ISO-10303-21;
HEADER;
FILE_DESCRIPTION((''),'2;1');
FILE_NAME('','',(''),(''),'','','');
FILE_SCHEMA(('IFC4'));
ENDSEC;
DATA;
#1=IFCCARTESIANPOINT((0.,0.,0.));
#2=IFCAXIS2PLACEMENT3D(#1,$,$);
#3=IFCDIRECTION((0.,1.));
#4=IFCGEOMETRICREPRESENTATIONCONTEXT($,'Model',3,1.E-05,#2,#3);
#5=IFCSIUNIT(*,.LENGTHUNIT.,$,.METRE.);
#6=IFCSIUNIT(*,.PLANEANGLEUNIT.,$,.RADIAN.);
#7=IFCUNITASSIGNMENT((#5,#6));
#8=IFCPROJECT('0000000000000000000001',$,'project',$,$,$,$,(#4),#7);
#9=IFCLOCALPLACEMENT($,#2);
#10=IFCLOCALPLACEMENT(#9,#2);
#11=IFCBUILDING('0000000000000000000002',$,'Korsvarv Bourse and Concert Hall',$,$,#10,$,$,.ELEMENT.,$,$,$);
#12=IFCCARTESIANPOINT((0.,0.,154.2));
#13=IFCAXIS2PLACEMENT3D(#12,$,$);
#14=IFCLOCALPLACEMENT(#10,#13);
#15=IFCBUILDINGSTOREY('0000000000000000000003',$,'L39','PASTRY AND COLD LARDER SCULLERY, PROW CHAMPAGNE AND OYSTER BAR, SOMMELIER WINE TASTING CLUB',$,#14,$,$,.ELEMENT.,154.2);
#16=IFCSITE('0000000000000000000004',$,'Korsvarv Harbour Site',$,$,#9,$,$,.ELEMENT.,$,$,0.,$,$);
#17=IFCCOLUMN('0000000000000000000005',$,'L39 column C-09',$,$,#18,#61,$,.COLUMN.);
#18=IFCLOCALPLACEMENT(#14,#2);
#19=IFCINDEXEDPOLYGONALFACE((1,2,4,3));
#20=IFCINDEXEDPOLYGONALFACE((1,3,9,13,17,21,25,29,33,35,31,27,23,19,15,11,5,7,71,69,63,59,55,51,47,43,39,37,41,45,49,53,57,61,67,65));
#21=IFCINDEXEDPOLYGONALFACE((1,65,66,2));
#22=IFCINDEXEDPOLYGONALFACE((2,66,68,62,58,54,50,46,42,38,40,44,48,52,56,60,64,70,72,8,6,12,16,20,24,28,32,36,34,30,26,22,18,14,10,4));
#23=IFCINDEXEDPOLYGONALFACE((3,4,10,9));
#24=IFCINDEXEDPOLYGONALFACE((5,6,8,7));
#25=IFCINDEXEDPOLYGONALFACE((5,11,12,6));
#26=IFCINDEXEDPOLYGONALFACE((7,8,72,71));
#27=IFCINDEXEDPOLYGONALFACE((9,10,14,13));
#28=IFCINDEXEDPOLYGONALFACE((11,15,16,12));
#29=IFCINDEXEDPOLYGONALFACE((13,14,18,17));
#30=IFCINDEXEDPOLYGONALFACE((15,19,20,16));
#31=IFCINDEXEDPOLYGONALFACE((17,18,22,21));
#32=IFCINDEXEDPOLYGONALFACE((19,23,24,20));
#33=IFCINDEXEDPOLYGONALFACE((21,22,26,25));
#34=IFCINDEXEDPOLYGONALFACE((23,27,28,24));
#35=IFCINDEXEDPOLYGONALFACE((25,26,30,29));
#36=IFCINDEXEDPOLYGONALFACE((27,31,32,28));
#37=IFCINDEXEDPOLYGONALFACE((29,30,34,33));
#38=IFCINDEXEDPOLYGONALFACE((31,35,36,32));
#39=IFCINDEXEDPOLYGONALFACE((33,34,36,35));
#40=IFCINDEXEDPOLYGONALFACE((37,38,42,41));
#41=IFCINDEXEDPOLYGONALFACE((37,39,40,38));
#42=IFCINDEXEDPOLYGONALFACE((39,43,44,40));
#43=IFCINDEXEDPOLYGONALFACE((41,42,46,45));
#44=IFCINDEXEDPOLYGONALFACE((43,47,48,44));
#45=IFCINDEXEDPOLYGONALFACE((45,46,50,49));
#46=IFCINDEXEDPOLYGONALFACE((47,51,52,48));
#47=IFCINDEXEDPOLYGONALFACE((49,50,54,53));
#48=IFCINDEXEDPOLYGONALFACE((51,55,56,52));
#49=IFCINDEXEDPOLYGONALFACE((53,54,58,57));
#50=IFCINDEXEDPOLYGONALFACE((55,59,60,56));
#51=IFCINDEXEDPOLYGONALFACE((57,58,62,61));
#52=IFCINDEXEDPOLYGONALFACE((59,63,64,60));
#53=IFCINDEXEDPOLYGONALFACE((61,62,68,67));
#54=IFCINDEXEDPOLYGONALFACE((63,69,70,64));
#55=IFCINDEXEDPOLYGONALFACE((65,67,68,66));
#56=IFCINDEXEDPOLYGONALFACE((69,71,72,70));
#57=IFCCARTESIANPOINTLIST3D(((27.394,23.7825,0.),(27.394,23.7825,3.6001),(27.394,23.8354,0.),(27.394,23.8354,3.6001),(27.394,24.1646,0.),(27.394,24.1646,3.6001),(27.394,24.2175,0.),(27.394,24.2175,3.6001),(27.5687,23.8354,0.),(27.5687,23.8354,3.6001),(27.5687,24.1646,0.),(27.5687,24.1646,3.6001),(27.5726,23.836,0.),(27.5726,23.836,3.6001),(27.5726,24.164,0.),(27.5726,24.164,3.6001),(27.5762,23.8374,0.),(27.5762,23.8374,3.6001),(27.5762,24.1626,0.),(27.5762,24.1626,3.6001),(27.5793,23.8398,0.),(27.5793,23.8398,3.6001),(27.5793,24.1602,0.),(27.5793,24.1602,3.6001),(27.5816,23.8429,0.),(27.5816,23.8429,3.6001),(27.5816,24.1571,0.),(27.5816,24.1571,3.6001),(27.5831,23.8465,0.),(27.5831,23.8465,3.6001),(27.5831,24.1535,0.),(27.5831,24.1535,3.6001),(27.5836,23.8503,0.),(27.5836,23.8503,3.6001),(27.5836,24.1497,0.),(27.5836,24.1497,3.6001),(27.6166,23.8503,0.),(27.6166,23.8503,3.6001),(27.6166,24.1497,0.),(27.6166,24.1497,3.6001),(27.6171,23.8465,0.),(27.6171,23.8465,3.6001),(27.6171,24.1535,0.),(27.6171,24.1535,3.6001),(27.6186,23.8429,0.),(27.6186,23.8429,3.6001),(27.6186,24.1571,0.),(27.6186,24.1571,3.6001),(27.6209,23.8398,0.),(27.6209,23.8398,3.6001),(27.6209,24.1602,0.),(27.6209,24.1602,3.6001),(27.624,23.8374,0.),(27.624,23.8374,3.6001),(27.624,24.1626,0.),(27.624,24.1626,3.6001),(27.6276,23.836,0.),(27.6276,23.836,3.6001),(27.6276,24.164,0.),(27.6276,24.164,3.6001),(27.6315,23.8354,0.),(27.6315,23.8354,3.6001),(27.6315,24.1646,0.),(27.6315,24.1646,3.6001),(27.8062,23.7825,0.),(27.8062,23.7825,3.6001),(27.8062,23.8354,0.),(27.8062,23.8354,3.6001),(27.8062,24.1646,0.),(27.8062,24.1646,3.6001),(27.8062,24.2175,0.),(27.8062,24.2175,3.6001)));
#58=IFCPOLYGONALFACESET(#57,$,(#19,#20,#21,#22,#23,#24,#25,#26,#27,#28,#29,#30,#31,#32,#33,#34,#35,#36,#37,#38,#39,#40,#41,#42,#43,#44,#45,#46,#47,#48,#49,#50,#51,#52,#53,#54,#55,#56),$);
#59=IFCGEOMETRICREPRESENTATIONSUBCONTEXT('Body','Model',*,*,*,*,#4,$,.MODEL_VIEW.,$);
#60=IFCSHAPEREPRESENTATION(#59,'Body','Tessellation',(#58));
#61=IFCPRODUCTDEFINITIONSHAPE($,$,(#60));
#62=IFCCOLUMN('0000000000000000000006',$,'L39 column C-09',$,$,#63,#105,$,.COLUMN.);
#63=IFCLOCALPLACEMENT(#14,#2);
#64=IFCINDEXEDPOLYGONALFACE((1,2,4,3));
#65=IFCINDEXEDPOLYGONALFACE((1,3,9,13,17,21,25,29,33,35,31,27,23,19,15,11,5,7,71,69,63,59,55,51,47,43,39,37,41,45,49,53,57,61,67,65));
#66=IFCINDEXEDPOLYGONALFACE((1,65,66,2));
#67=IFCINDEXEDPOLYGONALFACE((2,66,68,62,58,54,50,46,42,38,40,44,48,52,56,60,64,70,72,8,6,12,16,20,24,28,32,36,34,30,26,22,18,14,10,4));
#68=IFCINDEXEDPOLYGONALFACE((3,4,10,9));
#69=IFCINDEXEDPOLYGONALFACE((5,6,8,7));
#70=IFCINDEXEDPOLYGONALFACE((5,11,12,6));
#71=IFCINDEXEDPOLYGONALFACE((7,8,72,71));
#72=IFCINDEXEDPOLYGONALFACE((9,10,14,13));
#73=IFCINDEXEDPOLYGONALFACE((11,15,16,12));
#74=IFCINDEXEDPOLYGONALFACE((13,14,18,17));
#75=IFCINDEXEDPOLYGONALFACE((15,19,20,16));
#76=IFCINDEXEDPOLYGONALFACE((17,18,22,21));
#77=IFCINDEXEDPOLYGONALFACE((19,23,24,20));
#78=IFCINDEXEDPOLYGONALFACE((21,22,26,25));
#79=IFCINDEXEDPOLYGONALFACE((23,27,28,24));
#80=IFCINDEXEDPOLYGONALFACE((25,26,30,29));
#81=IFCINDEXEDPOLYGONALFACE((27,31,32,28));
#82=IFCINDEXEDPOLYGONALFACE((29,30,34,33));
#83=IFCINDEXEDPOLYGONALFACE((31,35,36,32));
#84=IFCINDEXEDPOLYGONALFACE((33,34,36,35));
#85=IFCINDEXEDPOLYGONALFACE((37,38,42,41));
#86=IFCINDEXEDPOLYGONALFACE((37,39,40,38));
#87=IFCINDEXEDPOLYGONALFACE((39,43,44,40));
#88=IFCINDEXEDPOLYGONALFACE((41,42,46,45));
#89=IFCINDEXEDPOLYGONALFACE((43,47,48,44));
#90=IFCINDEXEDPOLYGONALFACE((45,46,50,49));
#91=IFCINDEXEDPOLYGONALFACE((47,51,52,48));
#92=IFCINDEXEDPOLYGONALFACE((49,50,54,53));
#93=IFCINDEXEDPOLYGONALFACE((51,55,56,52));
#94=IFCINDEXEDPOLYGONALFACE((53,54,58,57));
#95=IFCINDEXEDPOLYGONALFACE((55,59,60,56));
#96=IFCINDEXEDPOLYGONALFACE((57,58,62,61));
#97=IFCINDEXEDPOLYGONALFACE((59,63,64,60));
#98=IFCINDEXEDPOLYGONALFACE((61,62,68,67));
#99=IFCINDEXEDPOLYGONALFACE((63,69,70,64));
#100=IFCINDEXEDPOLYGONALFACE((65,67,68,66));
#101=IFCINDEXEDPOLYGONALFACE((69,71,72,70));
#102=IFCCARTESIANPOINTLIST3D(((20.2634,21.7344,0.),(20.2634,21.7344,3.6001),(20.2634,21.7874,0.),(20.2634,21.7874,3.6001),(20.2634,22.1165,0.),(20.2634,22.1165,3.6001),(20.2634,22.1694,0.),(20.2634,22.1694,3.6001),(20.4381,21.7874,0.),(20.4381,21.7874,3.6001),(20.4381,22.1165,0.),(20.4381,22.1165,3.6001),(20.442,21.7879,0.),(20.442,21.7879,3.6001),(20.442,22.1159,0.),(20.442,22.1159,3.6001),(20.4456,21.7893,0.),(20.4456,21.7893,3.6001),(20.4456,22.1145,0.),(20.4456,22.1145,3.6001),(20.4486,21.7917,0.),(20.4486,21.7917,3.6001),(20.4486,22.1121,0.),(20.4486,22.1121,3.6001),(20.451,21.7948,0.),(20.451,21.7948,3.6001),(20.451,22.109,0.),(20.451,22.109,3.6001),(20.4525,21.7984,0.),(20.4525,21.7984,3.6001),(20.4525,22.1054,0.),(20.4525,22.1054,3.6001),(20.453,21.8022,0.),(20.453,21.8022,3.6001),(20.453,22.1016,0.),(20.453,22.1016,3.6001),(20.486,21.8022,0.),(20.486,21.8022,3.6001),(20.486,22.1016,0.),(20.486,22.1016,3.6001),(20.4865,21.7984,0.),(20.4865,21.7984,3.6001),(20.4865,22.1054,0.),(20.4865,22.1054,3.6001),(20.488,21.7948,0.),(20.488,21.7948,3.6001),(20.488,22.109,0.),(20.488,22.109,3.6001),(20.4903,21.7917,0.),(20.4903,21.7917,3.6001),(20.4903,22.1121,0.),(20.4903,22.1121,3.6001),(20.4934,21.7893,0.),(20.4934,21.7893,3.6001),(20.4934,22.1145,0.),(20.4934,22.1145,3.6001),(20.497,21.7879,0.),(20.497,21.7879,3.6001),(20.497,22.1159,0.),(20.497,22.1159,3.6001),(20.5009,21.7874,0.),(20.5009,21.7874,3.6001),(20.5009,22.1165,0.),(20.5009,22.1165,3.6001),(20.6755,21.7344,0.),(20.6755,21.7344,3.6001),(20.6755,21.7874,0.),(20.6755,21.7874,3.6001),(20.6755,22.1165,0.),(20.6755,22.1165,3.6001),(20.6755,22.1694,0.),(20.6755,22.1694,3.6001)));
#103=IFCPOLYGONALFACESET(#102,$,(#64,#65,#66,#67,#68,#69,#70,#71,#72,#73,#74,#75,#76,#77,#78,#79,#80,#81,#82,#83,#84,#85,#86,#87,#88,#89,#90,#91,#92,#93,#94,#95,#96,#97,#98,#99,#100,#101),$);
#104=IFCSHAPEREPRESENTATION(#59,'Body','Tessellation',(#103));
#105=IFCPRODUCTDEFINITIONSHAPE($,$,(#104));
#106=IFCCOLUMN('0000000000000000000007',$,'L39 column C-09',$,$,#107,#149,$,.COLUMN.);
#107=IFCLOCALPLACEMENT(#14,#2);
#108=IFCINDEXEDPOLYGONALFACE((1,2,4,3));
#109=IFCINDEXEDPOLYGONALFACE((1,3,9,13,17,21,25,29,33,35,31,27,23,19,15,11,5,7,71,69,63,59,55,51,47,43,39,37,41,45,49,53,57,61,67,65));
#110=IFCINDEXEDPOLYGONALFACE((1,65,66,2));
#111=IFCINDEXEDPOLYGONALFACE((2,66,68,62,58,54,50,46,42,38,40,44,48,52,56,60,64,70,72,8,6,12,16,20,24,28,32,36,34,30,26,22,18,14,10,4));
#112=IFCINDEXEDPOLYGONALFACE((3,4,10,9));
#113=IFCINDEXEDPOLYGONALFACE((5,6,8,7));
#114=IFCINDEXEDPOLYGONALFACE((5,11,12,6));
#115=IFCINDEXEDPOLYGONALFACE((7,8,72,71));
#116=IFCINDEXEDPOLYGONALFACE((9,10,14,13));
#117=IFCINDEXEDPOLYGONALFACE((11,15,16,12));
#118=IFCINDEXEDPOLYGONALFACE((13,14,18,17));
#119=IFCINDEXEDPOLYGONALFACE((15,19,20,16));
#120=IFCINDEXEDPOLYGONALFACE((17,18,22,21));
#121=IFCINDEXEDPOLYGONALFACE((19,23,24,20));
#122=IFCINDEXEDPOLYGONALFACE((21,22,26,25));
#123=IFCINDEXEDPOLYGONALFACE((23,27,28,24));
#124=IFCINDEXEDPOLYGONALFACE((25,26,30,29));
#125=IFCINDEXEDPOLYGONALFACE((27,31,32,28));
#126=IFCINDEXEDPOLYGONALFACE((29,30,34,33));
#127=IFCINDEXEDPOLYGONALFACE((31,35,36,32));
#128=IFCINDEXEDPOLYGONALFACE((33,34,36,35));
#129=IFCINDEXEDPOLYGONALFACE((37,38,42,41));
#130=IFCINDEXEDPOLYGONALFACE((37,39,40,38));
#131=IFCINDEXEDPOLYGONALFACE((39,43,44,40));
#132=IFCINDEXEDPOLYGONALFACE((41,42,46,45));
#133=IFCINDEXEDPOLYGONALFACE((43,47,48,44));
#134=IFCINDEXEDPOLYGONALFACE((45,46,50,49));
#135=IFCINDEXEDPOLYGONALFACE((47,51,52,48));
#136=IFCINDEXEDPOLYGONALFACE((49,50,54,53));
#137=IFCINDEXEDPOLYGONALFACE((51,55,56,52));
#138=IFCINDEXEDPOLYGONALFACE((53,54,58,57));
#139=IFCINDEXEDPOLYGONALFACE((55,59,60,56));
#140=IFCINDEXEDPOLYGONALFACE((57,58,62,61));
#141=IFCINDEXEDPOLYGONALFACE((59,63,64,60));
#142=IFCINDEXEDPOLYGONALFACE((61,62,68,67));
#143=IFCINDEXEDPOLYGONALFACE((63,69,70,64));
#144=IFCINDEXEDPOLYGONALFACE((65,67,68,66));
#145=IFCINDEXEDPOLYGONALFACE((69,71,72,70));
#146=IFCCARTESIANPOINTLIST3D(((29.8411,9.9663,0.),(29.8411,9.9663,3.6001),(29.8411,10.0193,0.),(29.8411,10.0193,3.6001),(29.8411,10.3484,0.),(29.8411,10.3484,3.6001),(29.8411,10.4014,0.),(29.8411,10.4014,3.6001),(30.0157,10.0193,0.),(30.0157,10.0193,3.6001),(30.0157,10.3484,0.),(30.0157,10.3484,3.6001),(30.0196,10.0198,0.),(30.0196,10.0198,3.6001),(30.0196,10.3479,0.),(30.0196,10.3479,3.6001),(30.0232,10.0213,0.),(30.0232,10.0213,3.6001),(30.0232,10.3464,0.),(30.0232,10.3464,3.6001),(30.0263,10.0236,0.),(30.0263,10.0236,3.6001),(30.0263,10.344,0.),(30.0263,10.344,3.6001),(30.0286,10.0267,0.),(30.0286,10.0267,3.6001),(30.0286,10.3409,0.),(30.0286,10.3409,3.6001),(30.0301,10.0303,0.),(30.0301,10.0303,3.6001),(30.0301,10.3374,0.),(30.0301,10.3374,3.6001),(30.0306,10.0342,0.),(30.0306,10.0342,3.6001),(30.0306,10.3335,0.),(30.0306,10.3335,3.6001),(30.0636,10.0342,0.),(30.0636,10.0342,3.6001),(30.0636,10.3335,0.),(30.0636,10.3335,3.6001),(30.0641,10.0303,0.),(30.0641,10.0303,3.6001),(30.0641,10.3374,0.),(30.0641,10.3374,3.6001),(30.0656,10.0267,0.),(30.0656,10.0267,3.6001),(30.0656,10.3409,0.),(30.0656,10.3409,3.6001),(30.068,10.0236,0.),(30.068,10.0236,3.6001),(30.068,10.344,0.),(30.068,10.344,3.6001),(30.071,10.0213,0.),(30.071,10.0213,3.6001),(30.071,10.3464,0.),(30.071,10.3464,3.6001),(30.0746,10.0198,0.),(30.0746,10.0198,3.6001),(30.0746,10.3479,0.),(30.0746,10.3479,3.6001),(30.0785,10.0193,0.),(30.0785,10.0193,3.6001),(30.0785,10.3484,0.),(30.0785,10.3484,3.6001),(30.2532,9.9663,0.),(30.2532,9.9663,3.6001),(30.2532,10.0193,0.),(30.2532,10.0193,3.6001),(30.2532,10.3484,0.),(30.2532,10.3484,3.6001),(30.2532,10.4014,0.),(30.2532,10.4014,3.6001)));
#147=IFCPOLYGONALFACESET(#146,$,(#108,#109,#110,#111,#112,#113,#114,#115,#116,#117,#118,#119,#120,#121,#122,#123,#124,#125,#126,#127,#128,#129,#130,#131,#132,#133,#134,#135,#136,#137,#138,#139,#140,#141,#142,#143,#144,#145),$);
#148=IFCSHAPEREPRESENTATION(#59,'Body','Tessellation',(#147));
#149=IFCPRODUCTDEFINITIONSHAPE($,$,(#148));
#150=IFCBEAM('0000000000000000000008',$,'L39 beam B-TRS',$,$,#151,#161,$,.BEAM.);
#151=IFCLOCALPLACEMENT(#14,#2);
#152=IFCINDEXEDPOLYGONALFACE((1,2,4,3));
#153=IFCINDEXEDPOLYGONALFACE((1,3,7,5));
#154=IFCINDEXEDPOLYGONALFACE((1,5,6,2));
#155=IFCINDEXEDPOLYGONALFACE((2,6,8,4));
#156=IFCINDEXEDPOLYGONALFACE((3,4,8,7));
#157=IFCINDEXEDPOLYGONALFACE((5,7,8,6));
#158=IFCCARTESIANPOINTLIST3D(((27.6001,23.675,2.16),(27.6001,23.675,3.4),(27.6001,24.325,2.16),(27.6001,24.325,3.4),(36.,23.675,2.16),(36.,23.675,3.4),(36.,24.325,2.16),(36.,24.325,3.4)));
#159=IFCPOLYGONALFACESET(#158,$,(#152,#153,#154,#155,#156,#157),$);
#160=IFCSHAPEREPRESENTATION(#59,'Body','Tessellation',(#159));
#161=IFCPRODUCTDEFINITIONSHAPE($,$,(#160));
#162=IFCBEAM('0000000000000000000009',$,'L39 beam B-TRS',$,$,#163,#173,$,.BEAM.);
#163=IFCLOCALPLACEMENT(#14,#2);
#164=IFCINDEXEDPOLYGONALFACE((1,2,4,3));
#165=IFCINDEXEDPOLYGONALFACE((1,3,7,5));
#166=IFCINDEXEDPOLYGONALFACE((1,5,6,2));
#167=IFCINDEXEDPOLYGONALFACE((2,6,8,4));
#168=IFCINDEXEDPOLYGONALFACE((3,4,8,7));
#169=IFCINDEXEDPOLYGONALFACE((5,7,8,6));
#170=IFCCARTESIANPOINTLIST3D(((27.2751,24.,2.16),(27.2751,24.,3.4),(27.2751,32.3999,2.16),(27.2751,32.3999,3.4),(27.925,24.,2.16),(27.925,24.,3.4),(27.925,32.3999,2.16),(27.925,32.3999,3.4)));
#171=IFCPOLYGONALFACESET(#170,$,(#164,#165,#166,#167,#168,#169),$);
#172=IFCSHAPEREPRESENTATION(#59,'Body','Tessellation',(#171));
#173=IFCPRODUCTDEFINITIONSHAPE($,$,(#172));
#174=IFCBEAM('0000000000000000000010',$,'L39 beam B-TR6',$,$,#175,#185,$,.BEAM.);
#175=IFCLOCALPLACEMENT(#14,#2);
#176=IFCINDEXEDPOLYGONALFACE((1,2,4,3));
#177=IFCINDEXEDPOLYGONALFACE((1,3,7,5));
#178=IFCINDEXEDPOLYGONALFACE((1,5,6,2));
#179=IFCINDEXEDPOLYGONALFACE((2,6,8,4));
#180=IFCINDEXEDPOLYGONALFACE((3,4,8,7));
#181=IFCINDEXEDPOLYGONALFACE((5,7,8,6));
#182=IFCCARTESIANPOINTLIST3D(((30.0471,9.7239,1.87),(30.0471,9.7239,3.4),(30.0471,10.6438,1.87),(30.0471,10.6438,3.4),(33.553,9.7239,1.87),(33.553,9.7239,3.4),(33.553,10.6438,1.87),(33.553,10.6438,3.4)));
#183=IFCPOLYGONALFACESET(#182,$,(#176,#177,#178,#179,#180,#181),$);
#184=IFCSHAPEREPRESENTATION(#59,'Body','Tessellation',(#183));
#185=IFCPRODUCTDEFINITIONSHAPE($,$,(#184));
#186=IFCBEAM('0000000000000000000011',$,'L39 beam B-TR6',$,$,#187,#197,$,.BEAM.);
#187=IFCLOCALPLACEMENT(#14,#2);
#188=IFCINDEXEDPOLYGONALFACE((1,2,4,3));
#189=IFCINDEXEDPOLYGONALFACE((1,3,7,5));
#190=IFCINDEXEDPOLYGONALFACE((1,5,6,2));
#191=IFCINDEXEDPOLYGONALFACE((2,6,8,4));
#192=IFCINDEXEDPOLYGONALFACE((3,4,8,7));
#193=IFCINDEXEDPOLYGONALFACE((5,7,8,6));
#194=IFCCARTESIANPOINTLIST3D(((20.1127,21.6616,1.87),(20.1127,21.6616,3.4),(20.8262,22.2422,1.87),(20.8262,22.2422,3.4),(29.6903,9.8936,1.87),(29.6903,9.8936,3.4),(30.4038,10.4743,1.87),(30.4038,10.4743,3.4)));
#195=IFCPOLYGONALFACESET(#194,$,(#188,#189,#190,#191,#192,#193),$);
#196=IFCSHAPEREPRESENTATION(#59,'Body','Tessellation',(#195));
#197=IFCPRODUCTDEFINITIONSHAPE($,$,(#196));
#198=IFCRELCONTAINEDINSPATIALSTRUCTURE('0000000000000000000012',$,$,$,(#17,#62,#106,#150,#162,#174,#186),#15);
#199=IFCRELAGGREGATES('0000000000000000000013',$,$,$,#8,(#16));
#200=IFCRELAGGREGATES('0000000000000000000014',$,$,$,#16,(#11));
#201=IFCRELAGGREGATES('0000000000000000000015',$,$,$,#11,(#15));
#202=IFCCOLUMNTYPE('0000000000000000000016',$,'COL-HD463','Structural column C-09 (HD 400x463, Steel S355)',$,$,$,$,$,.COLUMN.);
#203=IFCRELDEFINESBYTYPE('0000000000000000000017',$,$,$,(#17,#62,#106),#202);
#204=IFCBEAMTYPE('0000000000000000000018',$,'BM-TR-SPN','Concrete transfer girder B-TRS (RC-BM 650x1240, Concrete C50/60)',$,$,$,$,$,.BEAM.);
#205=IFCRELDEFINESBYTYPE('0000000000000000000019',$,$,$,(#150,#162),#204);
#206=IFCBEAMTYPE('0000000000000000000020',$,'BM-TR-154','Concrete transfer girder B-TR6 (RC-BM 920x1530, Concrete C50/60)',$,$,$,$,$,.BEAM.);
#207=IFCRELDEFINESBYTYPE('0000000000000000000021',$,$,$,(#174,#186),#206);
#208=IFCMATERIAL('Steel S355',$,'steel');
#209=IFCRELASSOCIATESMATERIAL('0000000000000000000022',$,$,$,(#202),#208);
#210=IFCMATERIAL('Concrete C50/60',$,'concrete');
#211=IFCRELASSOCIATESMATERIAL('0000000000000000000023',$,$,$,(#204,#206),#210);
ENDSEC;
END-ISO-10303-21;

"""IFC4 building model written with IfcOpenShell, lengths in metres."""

from ifc_helpers import new_model, si_unit, direction, frame, origin, origin_2d, place, context, subcontext, project, spatial, rectangle, i_section, extrude, source, transform, mapped, material, material_profile, profile_set, type_object, element, save


model = new_model("IFC4")

# Units and contexts
model_context = context("Model", 3, precision=1e-05, world=origin(), true_north=direction((0.0, 1.0)))
body_context = subcontext(model_context, "Body", "Model", "MODEL_VIEW")
ifc_project = project(units=[si_unit("LENGTHUNIT", "METRE"), si_unit("PLANEANGLEUNIT", "RADIAN")], contexts=[model_context])

# Site, building, storey
site_placement = place(None, origin())
site = spatial("IfcSite", under=ifc_project, at=site_placement, Name="Korsvarv Harbour Site", CompositionType="ELEMENT", RefElevation=0.0)
building_placement = place(site_placement, origin())
building = spatial("IfcBuilding", under=site, at=building_placement, Name="Korsvarv Bourse and Concert Hall", CompositionType="ELEMENT")
storey_placement = place(building_placement, frame((0.0, 0.0, 154.2)))
storey = spatial("IfcBuildingStorey", under=building, at=storey_placement, Name="L39", Description="PASTRY AND COLD LARDER SCULLERY, PROW CHAMPAGNE AND OYSTER BAR, SOMMELIER WINE TASTING CLUB", CompositionType="ELEMENT", Elevation=154.2)

# Columns
ifc_material_1 = material(Name="Steel S355", Category="steel")
ifc_material_profile_1 = material_profile(ifc_material_1, i_section(OverallWidth=0.4121, OverallDepth=0.4351, WebThickness=0.033, FlangeThickness=0.053, FilletRadius=0.0149, at=origin_2d()), Name="HD 400x463")
ifc_profile_set_1 = profile_set([ifc_material_profile_1], Name="Steel S355")
column_type = type_object("IfcColumnType", Name="COL-HD463", Description="Structural column C-09 (HD 400x463, Steel S355)", PredefinedType="COLUMN", material=ifc_profile_set_1)
shared_shape_1 = source(origin(), body_context, "Body", "SweptSolid", [
    extrude(i_section(OverallWidth=0.4121, OverallDepth=0.4351, WebThickness=0.033, FlangeThickness=0.053, FilletRadius=0.0149, at=origin_2d()), origin(), (0.0, 0.0, 1.0), 3.6001),
])
for number, where, z_axis, x_axis, name in (
    (1, (27.6001, 24.0, 0.0), (0.0, 0.0, 1.0), (1.0, 0.0, 0.0), "L39 column C-09"),
    (2, (20.4695, 21.9519, 0.0), (0.0, 0.0, 1.0), (1.0, 0.0, 0.0), "L39 column C-09"),
    (3, (30.0471, 10.1838, 0.0), (0.0, 0.0, 1.0), (1.0, 0.0, 0.0), "L39 column C-09"),
):
    element("IfcColumn", number, at=place(storey_placement, frame(where, z_axis=z_axis, x_axis=x_axis)), inside=storey, type_object=column_type, Name=name, PredefinedType="COLUMN", context=body_context, shape_type="MappedRepresentation", body=[
        mapped(shared_shape_1, transform((0.0, 0.0, 0.0), scale=1.0)),
    ])

# Beams
ifc_material_2 = material(Name="Concrete C50/60", Category="concrete")
ifc_material_profile_2 = material_profile(ifc_material_2, rectangle(XDim=0.6499, YDim=1.24, at=origin_2d()), Name="RC-BM 650x1240")
ifc_profile_set_2 = profile_set([ifc_material_profile_2], Name="Concrete C50/60")
beam_type_1 = type_object("IfcBeamType", Name="BM-TR-SPN", Description="Concrete transfer girder B-TRS (RC-BM 650x1240, Concrete C50/60)", PredefinedType="BEAM", material=ifc_profile_set_2)
shared_shape_2 = source(origin(), body_context, "Body", "SweptSolid", [
    extrude(rectangle(XDim=0.6499, YDim=1.24, at=origin_2d()), origin(), (0.0, 0.0, 1.0), 8.3999),
])
for number, where, z_axis, x_axis, name in (
    (4, (27.6001, 24.0, 2.78), (1.0, 0.0, 0.0), (0.0, 1.0, 0.0), "L39 beam B-TRS"),
    (5, (27.6001, 24.0, 2.78), (0.0, 1.0, 0.0), (-1.0, 0.0, 0.0), "L39 beam B-TRS"),
):
    element("IfcBeam", number, at=place(storey_placement, frame(where, z_axis=z_axis, x_axis=x_axis)), inside=storey, type_object=beam_type_1, Name=name, PredefinedType="BEAM", context=body_context, shape_type="MappedRepresentation", body=[
        mapped(shared_shape_2, transform((0.0, 0.0, 0.0), scale=1.0)),
    ])
ifc_material_profile_3 = material_profile(ifc_material_2, rectangle(XDim=0.9199, YDim=1.53, at=origin_2d()), Name="RC-BM 920x1530")
ifc_profile_set_3 = profile_set([ifc_material_profile_3], Name="Concrete C50/60")
beam_type_2 = type_object("IfcBeamType", Name="BM-TR-154", Description="Concrete transfer girder B-TR6 (RC-BM 920x1530, Concrete C50/60)", PredefinedType="BEAM", material=ifc_profile_set_3)
shared_shape_3 = source(origin(), body_context, "Body", "SweptSolid", [
    extrude(rectangle(XDim=0.9199, YDim=1.53, at=origin_2d()), origin(), (0.0, 0.0, 1.0), 3.5059),
])
beam_1_placement = place(storey_placement, frame((30.0471, 10.1838, 2.635), z_axis=(1.0, 0.0, 0.0), x_axis=(0.0, 1.0, 0.0)))
element("IfcBeam", 6, at=beam_1_placement, inside=storey, type_object=beam_type_2, Name="L39 beam B-TR6", PredefinedType="BEAM", context=body_context, shape_type="MappedRepresentation", body=[
    mapped(shared_shape_3, transform((0.0, 0.0, 0.0), scale=1.0)),
])
shared_shape_4 = source(origin(), body_context, "Body", "SweptSolid", [
    extrude(rectangle(XDim=0.9199, YDim=1.53, at=origin_2d()), origin(), (0.0, 0.0, 1.0), 15.1729),
])
beam_2_placement = place(storey_placement, frame((20.4695, 21.9519, 2.635), z_axis=(0.631231, -0.775595, 0.0), x_axis=(0.775595, 0.631231, 0.0)))
element("IfcBeam", 7, at=beam_2_placement, inside=storey, type_object=beam_type_2, Name="L39 beam B-TR6", PredefinedType="BEAM", context=body_context, shape_type="MappedRepresentation", body=[
    mapped(shared_shape_4, transform((0.0, 0.0, 0.0), scale=1.0)),
])

save(model, "model.ifc")
